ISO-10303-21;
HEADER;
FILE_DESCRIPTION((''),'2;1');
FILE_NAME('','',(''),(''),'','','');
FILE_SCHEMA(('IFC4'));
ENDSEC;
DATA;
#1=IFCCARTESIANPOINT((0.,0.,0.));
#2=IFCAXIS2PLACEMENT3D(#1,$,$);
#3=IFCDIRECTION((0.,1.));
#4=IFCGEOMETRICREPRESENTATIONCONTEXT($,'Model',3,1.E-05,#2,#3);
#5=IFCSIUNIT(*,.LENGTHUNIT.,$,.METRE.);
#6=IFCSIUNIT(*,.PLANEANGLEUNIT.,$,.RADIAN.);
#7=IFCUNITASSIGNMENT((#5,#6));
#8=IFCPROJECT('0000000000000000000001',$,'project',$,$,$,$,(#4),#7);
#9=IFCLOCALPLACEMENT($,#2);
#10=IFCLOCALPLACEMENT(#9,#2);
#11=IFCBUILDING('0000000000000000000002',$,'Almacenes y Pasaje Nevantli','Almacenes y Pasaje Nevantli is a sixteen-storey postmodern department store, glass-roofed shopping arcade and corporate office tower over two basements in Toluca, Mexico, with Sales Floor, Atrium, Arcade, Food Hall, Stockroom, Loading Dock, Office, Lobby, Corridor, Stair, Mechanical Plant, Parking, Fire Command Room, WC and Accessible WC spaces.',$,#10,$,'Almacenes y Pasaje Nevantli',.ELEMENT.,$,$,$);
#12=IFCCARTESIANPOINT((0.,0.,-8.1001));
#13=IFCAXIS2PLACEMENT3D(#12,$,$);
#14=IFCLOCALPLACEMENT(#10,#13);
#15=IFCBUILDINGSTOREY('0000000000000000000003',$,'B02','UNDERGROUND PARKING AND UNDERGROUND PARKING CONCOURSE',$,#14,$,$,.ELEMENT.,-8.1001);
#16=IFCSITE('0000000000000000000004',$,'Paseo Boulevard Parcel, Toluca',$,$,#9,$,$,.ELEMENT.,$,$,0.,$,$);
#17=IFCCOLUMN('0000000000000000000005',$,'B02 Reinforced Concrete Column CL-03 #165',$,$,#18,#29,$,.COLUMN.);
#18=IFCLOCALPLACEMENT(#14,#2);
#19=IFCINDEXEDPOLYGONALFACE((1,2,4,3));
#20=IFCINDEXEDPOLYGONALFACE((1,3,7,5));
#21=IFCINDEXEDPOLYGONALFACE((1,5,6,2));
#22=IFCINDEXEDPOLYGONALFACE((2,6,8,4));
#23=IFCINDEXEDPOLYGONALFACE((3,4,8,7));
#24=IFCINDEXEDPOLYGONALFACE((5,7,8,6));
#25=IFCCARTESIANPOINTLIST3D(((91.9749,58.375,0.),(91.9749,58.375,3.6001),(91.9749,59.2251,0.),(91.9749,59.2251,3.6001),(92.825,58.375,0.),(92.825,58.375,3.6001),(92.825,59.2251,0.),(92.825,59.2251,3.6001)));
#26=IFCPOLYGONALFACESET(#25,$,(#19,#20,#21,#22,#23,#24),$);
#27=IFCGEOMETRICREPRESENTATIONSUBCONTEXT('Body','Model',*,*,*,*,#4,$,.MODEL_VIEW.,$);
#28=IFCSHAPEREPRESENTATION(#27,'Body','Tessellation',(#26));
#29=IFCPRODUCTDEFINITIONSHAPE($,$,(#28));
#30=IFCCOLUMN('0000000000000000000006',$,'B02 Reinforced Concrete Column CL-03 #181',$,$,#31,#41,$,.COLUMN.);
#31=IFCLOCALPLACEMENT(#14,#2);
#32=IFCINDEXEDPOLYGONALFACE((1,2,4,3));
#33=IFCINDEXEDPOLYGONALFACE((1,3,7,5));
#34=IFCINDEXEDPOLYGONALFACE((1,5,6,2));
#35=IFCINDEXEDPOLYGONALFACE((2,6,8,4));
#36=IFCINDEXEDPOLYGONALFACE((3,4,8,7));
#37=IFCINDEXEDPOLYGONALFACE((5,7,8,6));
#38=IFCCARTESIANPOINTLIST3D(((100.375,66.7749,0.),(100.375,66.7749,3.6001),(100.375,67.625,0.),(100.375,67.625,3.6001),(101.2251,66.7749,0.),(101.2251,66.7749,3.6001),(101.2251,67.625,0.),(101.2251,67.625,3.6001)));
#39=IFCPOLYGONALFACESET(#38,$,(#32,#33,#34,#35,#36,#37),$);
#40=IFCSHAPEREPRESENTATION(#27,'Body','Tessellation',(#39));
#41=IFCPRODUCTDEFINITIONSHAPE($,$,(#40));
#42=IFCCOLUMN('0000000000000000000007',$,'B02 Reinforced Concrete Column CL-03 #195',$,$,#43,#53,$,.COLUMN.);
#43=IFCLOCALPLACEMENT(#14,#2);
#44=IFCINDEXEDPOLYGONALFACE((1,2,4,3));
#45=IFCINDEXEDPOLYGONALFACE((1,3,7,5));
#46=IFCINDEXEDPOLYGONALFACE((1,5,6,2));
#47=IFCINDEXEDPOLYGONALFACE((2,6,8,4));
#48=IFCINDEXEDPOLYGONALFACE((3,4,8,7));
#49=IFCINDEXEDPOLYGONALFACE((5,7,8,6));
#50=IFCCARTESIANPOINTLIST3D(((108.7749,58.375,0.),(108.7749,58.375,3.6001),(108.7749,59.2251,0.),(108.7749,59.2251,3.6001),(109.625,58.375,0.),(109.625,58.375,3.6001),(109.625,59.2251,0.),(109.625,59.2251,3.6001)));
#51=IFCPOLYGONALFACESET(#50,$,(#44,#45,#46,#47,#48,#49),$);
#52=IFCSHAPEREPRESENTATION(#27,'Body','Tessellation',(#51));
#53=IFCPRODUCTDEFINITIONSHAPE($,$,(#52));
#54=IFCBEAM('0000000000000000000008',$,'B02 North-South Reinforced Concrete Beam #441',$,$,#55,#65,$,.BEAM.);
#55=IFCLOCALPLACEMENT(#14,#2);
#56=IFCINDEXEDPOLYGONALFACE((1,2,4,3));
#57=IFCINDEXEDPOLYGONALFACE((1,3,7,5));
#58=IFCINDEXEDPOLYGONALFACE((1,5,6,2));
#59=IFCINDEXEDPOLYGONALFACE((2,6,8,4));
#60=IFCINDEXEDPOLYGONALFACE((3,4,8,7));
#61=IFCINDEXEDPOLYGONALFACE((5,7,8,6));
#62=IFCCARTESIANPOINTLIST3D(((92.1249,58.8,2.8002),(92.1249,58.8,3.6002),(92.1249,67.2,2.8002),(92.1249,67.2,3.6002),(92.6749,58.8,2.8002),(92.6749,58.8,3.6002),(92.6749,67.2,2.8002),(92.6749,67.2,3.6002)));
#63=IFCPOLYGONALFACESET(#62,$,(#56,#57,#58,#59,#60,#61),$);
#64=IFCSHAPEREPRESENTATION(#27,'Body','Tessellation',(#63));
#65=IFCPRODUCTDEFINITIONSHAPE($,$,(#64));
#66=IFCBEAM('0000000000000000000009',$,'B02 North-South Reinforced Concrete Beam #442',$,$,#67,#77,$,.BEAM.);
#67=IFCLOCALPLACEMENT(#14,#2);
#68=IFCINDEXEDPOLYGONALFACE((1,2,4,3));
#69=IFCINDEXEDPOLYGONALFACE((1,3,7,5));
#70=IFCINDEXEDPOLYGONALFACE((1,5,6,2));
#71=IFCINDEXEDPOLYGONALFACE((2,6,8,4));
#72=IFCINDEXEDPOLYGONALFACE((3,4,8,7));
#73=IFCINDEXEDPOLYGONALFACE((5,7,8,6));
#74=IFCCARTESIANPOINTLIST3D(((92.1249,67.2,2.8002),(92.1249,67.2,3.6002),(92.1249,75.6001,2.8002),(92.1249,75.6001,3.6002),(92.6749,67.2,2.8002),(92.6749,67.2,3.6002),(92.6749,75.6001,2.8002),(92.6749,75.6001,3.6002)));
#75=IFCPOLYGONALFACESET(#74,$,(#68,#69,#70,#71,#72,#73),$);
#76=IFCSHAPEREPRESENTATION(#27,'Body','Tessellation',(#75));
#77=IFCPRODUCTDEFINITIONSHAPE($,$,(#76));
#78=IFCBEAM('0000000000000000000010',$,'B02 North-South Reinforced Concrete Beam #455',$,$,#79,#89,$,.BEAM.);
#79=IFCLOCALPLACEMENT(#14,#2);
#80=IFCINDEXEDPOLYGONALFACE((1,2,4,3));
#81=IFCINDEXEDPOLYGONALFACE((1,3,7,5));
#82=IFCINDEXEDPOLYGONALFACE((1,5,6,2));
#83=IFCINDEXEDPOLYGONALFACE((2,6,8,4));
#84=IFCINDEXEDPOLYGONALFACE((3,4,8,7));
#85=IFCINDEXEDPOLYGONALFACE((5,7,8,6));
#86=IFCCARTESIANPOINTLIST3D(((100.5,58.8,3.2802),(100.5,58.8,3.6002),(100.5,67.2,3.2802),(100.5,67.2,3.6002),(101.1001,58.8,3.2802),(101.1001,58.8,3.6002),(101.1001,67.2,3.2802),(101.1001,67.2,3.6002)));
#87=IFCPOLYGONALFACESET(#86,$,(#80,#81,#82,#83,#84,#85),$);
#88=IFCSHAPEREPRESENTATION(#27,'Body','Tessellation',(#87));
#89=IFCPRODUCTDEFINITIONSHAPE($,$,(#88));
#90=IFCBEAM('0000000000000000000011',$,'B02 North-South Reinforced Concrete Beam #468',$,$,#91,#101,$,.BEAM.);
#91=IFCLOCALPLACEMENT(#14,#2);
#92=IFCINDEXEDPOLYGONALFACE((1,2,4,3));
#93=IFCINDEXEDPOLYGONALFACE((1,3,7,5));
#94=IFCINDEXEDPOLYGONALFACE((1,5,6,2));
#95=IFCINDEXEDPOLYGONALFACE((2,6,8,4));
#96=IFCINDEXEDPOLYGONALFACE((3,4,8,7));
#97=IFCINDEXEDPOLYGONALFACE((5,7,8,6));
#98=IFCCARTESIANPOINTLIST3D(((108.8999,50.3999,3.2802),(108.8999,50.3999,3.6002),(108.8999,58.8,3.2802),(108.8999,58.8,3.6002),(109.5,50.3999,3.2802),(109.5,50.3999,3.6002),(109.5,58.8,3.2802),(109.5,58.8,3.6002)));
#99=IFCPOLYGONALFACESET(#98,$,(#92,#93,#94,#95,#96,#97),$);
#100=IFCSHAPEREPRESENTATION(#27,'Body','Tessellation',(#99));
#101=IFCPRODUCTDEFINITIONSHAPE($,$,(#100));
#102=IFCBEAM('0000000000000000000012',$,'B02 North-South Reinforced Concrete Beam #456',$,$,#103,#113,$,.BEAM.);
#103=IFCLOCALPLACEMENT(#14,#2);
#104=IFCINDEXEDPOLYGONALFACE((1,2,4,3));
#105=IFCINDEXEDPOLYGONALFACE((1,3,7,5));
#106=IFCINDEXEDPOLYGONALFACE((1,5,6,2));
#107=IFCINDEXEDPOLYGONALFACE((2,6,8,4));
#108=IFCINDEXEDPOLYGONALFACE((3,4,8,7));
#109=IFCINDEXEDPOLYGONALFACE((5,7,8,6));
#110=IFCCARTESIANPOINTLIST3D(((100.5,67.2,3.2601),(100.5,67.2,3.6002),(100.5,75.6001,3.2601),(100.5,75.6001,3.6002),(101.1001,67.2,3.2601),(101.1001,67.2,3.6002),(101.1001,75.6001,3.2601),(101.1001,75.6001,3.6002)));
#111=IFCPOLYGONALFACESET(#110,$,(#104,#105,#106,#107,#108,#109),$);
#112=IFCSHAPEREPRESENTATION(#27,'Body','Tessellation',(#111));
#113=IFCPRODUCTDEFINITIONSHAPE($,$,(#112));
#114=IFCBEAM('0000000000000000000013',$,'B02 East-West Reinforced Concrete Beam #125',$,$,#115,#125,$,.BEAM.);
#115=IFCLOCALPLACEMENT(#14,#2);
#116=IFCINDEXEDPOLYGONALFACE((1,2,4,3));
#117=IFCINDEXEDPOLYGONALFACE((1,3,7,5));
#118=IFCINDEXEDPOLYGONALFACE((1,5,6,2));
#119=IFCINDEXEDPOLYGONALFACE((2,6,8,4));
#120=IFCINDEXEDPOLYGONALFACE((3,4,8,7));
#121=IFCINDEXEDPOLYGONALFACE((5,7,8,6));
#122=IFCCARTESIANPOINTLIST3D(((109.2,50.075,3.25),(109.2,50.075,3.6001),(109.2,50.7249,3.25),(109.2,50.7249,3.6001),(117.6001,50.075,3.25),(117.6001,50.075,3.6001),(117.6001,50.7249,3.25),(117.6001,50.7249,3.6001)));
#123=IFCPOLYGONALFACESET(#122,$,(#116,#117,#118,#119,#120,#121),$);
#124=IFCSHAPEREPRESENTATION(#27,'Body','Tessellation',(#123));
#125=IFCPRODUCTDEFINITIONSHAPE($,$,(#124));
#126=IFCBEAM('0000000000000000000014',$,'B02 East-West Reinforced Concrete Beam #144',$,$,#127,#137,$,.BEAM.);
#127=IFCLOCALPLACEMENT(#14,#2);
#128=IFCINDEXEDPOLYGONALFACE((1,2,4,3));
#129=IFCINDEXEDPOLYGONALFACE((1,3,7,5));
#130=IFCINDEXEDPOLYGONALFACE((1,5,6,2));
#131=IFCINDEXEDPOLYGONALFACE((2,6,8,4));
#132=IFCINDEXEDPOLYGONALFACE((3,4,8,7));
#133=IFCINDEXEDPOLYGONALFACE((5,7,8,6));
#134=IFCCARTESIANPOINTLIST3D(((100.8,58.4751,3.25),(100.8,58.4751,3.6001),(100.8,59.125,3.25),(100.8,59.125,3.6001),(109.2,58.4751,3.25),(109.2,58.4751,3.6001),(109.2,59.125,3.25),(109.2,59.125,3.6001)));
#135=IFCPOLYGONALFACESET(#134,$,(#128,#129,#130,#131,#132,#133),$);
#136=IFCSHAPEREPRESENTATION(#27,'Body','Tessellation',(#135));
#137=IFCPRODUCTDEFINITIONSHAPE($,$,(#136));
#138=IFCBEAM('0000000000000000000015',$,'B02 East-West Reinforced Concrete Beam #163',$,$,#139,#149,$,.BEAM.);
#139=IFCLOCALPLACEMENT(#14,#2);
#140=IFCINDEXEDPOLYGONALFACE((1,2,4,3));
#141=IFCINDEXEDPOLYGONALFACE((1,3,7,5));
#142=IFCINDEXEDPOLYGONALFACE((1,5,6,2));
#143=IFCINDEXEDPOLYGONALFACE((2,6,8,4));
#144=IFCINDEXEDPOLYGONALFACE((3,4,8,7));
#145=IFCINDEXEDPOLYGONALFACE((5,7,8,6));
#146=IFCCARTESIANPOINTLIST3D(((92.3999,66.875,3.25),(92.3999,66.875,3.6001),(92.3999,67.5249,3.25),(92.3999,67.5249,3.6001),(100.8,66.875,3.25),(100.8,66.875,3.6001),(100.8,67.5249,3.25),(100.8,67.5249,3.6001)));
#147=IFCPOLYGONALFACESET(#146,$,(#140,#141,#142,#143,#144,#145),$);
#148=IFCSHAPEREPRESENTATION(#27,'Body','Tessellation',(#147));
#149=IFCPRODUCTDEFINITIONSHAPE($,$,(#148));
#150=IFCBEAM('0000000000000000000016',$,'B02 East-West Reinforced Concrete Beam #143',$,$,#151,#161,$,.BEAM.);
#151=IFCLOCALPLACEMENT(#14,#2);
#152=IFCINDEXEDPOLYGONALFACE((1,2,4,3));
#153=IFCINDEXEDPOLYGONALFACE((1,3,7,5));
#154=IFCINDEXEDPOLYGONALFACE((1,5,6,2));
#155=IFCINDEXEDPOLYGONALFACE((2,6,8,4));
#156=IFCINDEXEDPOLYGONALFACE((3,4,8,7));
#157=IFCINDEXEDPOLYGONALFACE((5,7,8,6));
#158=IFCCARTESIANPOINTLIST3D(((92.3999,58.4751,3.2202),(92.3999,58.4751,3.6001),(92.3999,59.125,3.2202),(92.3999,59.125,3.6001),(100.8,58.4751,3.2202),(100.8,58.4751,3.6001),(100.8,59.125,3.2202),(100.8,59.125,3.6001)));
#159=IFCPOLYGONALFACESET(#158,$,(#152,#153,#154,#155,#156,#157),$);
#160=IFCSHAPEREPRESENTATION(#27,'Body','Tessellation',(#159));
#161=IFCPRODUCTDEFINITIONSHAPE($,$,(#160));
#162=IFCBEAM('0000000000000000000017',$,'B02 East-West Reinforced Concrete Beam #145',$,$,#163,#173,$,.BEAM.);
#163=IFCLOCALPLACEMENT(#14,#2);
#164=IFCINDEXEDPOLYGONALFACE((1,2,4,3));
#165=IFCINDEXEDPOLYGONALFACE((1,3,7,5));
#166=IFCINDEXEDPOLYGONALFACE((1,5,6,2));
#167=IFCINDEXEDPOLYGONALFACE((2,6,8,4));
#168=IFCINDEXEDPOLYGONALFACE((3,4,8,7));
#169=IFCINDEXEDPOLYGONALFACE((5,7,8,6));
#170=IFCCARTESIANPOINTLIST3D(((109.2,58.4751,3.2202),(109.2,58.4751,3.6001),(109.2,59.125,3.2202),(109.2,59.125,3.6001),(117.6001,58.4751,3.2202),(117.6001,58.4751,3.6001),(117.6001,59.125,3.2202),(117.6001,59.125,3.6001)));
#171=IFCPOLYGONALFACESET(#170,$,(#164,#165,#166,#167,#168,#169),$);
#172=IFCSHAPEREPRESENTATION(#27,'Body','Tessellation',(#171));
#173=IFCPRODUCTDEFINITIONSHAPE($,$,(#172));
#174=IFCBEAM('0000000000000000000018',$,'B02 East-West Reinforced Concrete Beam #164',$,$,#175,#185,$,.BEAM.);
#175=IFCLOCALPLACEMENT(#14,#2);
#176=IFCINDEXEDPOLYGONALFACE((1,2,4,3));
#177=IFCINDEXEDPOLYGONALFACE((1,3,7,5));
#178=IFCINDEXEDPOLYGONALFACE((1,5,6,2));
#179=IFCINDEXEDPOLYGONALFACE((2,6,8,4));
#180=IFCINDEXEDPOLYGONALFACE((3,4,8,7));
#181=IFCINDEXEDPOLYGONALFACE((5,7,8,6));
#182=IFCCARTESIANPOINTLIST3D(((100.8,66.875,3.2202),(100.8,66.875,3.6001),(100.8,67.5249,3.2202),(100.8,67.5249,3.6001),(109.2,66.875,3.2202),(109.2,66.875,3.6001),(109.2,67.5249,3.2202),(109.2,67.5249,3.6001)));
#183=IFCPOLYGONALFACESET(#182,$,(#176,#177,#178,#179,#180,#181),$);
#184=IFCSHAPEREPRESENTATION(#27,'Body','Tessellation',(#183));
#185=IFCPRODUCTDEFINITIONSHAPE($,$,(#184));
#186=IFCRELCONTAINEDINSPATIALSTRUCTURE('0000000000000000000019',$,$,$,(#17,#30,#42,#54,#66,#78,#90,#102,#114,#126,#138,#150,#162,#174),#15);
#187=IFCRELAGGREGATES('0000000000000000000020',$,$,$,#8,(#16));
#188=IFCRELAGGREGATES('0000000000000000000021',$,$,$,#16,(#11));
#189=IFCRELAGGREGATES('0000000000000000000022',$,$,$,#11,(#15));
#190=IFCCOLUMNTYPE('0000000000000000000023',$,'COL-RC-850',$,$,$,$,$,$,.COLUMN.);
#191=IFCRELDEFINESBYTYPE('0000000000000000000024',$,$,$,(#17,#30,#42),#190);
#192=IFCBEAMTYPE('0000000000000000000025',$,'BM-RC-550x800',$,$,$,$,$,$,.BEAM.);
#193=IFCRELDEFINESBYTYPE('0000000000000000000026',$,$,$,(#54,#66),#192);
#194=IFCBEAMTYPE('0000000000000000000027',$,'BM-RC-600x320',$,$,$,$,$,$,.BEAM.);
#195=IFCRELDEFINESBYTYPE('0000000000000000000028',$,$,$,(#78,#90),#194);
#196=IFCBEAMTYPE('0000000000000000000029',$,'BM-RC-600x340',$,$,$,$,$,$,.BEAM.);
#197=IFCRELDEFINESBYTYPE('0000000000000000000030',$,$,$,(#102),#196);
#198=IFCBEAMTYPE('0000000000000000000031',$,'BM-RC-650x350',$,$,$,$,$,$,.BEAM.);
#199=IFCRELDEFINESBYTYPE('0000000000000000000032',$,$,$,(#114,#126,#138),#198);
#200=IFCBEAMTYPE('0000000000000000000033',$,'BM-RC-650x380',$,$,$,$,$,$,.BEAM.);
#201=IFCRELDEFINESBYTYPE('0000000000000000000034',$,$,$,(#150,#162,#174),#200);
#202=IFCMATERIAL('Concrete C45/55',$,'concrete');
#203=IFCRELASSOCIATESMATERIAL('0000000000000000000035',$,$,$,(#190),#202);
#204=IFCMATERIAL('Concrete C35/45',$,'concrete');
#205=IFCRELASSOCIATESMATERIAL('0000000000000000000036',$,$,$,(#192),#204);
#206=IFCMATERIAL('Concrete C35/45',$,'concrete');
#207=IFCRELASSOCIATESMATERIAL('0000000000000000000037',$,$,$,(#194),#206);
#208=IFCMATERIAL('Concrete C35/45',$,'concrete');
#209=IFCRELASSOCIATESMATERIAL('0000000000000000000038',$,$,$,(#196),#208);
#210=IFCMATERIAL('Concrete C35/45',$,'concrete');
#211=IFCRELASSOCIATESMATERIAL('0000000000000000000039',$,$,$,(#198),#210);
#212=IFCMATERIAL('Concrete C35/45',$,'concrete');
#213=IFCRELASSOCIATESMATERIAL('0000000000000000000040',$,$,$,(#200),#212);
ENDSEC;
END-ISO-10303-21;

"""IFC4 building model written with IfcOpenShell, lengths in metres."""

from ifc_helpers import new_model, si_unit, direction, frame, origin, origin_2d, place, context, subcontext, project, spatial, rectangle, extrude, material, material_profile, profile_set, type_object, element, save


model = new_model("IFC4")

# Units and contexts
model_context = context("Model", 3, precision=1e-05, world=origin(), true_north=direction((0.0, 1.0)))
body_context = subcontext(model_context, "Body", "Model", "MODEL_VIEW")
ifc_project = project(units=[si_unit("LENGTHUNIT", "METRE"), si_unit("PLANEANGLEUNIT", "RADIAN")], contexts=[model_context])

# Site, building, storey
site_placement = place(None, origin())
site = spatial("IfcSite", under=ifc_project, at=site_placement, Name="Paseo Boulevard Parcel, Toluca", CompositionType="ELEMENT", RefElevation=0.0)
building_placement = place(site_placement, origin())
building = spatial("IfcBuilding", under=site, at=building_placement, Name="Almacenes y Pasaje Nevantli", Description="Almacenes y Pasaje Nevantli is a sixteen-storey postmodern department store, glass-roofed shopping arcade and corporate office tower over two basements in Toluca, Mexico, with Sales Floor, Atrium, Arcade, Food Hall, Stockroom, Loading Dock, Office, Lobby, Corridor, Stair, Mechanical Plant, Parking, Fire Command Room, WC and Accessible WC spaces.", LongName="Almacenes y Pasaje Nevantli", CompositionType="ELEMENT")
storey_placement = place(building_placement, frame((0.0, 0.0, -8.1001)))
storey = spatial("IfcBuildingStorey", under=building, at=storey_placement, Name="B02", Description="UNDERGROUND PARKING AND UNDERGROUND PARKING CONCOURSE", CompositionType="ELEMENT", Elevation=-8.1001)

# Columns
ifc_material_1 = material(Name="Concrete C45/55", Category="concrete")
ifc_material_profile_1 = material_profile(ifc_material_1, rectangle(XDim=0.8501, YDim=0.8501, at=origin_2d()), Name="RC-COL-850x850")
ifc_profile_set_1 = profile_set([ifc_material_profile_1], Name="Concrete C45/55")
column_type_1 = type_object("IfcColumnType", Name="COL-RC-850", PredefinedType="COLUMN", material=ifc_profile_set_1)
for number, where, z_axis, x_axis, name in (
    (1, (92.3999, 58.8, 0.0), (0.0, 0.0, 1.0), (1.0, 0.0, 0.0), "B02 Reinforced Concrete Column CL-03 #165"),
    (2, (100.8, 67.2, 0.0), (0.0, 0.0, 1.0), (1.0, 0.0, 0.0), "B02 Reinforced Concrete Column CL-03 #181"),
    (3, (109.2, 58.8, 0.0), (0.0, 0.0, 1.0), (1.0, 0.0, 0.0), "B02 Reinforced Concrete Column CL-03 #195"),
):
    element("IfcColumn", number, at=place(storey_placement, frame(where, z_axis=z_axis, x_axis=x_axis)), inside=storey, type_object=column_type_1, Name=name, PredefinedType="COLUMN", context=body_context, shape_type="SweptSolid", body=[
        extrude(rectangle(XDim=0.8501, YDim=0.8501, at=origin_2d()), origin(), (0.0, 0.0, 1.0), 3.6001),
    ])

# Beams
ifc_material_2 = material(Name="Concrete C35/45", Category="concrete")
ifc_material_profile_2 = material_profile(ifc_material_2, rectangle(XDim=0.55, YDim=0.8, at=origin_2d()), Name="RC-BM-550x800")
ifc_profile_set_2 = profile_set([ifc_material_profile_2], Name="Concrete C35/45")
beam_type_1 = type_object("IfcBeamType", Name="BM-RC-550x800", PredefinedType="BEAM", material=ifc_profile_set_2)
beam_1_placement = place(storey_placement, frame((92.3999, 58.8, 3.2002), z_axis=(0.0, 1.0, 0.0), x_axis=(-1.0, 0.0, 0.0)))
element("IfcBeam", 4, at=beam_1_placement, inside=storey, type_object=beam_type_1, Name="B02 North-South Reinforced Concrete Beam #441", PredefinedType="BEAM", context=body_context, shape_type="SweptSolid", body=[
    extrude(rectangle(XDim=0.55, YDim=0.8, at=origin_2d()), origin(), (0.0, 0.0, 1.0), 8.3999),
])
beam_2_placement = place(storey_placement, frame((92.3999, 67.2, 3.2002), z_axis=(0.0, 1.0, 0.0), x_axis=(-1.0, 0.0, 0.0)))
element("IfcBeam", 5, at=beam_2_placement, inside=storey, type_object=beam_type_1, Name="B02 North-South Reinforced Concrete Beam #442", PredefinedType="BEAM", context=body_context, shape_type="SweptSolid", body=[
    extrude(rectangle(XDim=0.55, YDim=0.8, at=origin_2d()), origin(), (0.0, 0.0, 1.0), 8.4001),
])
ifc_material_3 = material(Name="Concrete C35/45", Category="concrete")
ifc_material_profile_3 = material_profile(ifc_material_3, rectangle(XDim=0.6001, YDim=0.3201, at=origin_2d()), Name="RC-BM-600x320")
ifc_profile_set_3 = profile_set([ifc_material_profile_3], Name="Concrete C35/45")
beam_type_2 = type_object("IfcBeamType", Name="BM-RC-600x320", PredefinedType="BEAM", material=ifc_profile_set_3)
beam_3_placement = place(storey_placement, frame((100.8, 58.8, 3.4402), z_axis=(0.0, 1.0, 0.0), x_axis=(-1.0, 0.0, 0.0)))
element("IfcBeam", 6, at=beam_3_placement, inside=storey, type_object=beam_type_2, Name="B02 North-South Reinforced Concrete Beam #455", PredefinedType="BEAM", context=body_context, shape_type="SweptSolid", body=[
    extrude(rectangle(XDim=0.6001, YDim=0.3201, at=origin_2d()), origin(), (0.0, 0.0, 1.0), 8.3999),
])
beam_4_placement = place(storey_placement, frame((109.2, 50.3999, 3.4402), z_axis=(0.0, 1.0, 0.0), x_axis=(-1.0, 0.0, 0.0)))
element("IfcBeam", 7, at=beam_4_placement, inside=storey, type_object=beam_type_2, Name="B02 North-South Reinforced Concrete Beam #468", PredefinedType="BEAM", context=body_context, shape_type="SweptSolid", body=[
    extrude(rectangle(XDim=0.6001, YDim=0.3201, at=origin_2d()), origin(), (0.0, 0.0, 1.0), 8.4001),
])
ifc_material_4 = material(Name="Concrete C35/45", Category="concrete")
ifc_material_profile_4 = material_profile(ifc_material_4, rectangle(XDim=0.6001, YDim=0.3401, at=origin_2d()), Name="RC-BM-600x340")
ifc_profile_set_4 = profile_set([ifc_material_profile_4], Name="Concrete C35/45")
beam_type_3 = type_object("IfcBeamType", Name="BM-RC-600x340", PredefinedType="BEAM", material=ifc_profile_set_4)
beam_5_placement = place(storey_placement, frame((100.8, 67.2, 3.4302), z_axis=(0.0, 1.0, 0.0), x_axis=(-1.0, 0.0, 0.0)))
element("IfcBeam", 8, at=beam_5_placement, inside=storey, type_object=beam_type_3, Name="B02 North-South Reinforced Concrete Beam #456", PredefinedType="BEAM", context=body_context, shape_type="SweptSolid", body=[
    extrude(rectangle(XDim=0.6001, YDim=0.3401, at=origin_2d()), origin(), (0.0, 0.0, 1.0), 8.4001),
])
ifc_material_5 = material(Name="Concrete C35/45", Category="concrete")
ifc_material_profile_5 = material_profile(ifc_material_5, rectangle(XDim=0.6499, YDim=0.3501, at=origin_2d()), Name="RC-BM-650x350")
ifc_profile_set_5 = profile_set([ifc_material_profile_5], Name="Concrete C35/45")
beam_type_4 = type_object("IfcBeamType", Name="BM-RC-650x350", PredefinedType="BEAM", material=ifc_profile_set_5)
beam_6_placement = place(storey_placement, frame((109.2, 50.3999, 3.425), z_axis=(1.0, 0.0, 0.0), x_axis=(0.0, 1.0, 0.0)))
element("IfcBeam", 9, at=beam_6_placement, inside=storey, type_object=beam_type_4, Name="B02 East-West Reinforced Concrete Beam #125", PredefinedType="BEAM", context=body_context, shape_type="SweptSolid", body=[
    extrude(rectangle(XDim=0.6499, YDim=0.3501, at=origin_2d()), origin(), (0.0, 0.0, 1.0), 8.4001),
])
beam_7_placement = place(storey_placement, frame((100.8, 58.8, 3.425), z_axis=(1.0, 0.0, 0.0), x_axis=(0.0, 1.0, 0.0)))
element("IfcBeam", 10, at=beam_7_placement, inside=storey, type_object=beam_type_4, Name="B02 East-West Reinforced Concrete Beam #144", PredefinedType="BEAM", context=body_context, shape_type="SweptSolid", body=[
    extrude(rectangle(XDim=0.6499, YDim=0.3501, at=origin_2d()), origin(), (0.0, 0.0, 1.0), 8.3999),
])
beam_8_placement = place(storey_placement, frame((92.3999, 67.2, 3.425), z_axis=(1.0, 0.0, 0.0), x_axis=(0.0, 1.0, 0.0)))
element("IfcBeam", 11, at=beam_8_placement, inside=storey, type_object=beam_type_4, Name="B02 East-West Reinforced Concrete Beam #163", PredefinedType="BEAM", context=body_context, shape_type="SweptSolid", body=[
    extrude(rectangle(XDim=0.6499, YDim=0.3501, at=origin_2d()), origin(), (0.0, 0.0, 1.0), 8.4001),
])
ifc_material_6 = material(Name="Concrete C35/45", Category="concrete")
ifc_material_profile_6 = material_profile(ifc_material_6, rectangle(XDim=0.6499, YDim=0.3799, at=origin_2d()), Name="RC-BM-650x380")
ifc_profile_set_6 = profile_set([ifc_material_profile_6], Name="Concrete C35/45")
beam_type_5 = type_object("IfcBeamType", Name="BM-RC-650x380", PredefinedType="BEAM", material=ifc_profile_set_6)
for number, where, z_axis, x_axis, name in (
    (12, (92.3999, 58.8, 3.4102), (1.0, 0.0, 0.0), (0.0, 1.0, 0.0), "B02 East-West Reinforced Concrete Beam #143"),
    (13, (109.2, 58.8, 3.4102), (1.0, 0.0, 0.0), (0.0, 1.0, 0.0), "B02 East-West Reinforced Concrete Beam #145"),
):
    element("IfcBeam", number, at=place(storey_placement, frame(where, z_axis=z_axis, x_axis=x_axis)), inside=storey, type_object=beam_type_5, Name=name, PredefinedType="BEAM", context=body_context, shape_type="SweptSolid", body=[
        extrude(rectangle(XDim=0.6499, YDim=0.3799, at=origin_2d()), origin(), (0.0, 0.0, 1.0), 8.4001),
    ])
beam_9_placement = place(storey_placement, frame((100.8, 67.2, 3.4102), z_axis=(1.0, 0.0, 0.0), x_axis=(0.0, 1.0, 0.0)))
element("IfcBeam", 14, at=beam_9_placement, inside=storey, type_object=beam_type_5, Name="B02 East-West Reinforced Concrete Beam #164", PredefinedType="BEAM", context=body_context, shape_type="SweptSolid", body=[
    extrude(rectangle(XDim=0.6499, YDim=0.3799, at=origin_2d()), origin(), (0.0, 0.0, 1.0), 8.3999),
])

save(model, "model.ifc")
